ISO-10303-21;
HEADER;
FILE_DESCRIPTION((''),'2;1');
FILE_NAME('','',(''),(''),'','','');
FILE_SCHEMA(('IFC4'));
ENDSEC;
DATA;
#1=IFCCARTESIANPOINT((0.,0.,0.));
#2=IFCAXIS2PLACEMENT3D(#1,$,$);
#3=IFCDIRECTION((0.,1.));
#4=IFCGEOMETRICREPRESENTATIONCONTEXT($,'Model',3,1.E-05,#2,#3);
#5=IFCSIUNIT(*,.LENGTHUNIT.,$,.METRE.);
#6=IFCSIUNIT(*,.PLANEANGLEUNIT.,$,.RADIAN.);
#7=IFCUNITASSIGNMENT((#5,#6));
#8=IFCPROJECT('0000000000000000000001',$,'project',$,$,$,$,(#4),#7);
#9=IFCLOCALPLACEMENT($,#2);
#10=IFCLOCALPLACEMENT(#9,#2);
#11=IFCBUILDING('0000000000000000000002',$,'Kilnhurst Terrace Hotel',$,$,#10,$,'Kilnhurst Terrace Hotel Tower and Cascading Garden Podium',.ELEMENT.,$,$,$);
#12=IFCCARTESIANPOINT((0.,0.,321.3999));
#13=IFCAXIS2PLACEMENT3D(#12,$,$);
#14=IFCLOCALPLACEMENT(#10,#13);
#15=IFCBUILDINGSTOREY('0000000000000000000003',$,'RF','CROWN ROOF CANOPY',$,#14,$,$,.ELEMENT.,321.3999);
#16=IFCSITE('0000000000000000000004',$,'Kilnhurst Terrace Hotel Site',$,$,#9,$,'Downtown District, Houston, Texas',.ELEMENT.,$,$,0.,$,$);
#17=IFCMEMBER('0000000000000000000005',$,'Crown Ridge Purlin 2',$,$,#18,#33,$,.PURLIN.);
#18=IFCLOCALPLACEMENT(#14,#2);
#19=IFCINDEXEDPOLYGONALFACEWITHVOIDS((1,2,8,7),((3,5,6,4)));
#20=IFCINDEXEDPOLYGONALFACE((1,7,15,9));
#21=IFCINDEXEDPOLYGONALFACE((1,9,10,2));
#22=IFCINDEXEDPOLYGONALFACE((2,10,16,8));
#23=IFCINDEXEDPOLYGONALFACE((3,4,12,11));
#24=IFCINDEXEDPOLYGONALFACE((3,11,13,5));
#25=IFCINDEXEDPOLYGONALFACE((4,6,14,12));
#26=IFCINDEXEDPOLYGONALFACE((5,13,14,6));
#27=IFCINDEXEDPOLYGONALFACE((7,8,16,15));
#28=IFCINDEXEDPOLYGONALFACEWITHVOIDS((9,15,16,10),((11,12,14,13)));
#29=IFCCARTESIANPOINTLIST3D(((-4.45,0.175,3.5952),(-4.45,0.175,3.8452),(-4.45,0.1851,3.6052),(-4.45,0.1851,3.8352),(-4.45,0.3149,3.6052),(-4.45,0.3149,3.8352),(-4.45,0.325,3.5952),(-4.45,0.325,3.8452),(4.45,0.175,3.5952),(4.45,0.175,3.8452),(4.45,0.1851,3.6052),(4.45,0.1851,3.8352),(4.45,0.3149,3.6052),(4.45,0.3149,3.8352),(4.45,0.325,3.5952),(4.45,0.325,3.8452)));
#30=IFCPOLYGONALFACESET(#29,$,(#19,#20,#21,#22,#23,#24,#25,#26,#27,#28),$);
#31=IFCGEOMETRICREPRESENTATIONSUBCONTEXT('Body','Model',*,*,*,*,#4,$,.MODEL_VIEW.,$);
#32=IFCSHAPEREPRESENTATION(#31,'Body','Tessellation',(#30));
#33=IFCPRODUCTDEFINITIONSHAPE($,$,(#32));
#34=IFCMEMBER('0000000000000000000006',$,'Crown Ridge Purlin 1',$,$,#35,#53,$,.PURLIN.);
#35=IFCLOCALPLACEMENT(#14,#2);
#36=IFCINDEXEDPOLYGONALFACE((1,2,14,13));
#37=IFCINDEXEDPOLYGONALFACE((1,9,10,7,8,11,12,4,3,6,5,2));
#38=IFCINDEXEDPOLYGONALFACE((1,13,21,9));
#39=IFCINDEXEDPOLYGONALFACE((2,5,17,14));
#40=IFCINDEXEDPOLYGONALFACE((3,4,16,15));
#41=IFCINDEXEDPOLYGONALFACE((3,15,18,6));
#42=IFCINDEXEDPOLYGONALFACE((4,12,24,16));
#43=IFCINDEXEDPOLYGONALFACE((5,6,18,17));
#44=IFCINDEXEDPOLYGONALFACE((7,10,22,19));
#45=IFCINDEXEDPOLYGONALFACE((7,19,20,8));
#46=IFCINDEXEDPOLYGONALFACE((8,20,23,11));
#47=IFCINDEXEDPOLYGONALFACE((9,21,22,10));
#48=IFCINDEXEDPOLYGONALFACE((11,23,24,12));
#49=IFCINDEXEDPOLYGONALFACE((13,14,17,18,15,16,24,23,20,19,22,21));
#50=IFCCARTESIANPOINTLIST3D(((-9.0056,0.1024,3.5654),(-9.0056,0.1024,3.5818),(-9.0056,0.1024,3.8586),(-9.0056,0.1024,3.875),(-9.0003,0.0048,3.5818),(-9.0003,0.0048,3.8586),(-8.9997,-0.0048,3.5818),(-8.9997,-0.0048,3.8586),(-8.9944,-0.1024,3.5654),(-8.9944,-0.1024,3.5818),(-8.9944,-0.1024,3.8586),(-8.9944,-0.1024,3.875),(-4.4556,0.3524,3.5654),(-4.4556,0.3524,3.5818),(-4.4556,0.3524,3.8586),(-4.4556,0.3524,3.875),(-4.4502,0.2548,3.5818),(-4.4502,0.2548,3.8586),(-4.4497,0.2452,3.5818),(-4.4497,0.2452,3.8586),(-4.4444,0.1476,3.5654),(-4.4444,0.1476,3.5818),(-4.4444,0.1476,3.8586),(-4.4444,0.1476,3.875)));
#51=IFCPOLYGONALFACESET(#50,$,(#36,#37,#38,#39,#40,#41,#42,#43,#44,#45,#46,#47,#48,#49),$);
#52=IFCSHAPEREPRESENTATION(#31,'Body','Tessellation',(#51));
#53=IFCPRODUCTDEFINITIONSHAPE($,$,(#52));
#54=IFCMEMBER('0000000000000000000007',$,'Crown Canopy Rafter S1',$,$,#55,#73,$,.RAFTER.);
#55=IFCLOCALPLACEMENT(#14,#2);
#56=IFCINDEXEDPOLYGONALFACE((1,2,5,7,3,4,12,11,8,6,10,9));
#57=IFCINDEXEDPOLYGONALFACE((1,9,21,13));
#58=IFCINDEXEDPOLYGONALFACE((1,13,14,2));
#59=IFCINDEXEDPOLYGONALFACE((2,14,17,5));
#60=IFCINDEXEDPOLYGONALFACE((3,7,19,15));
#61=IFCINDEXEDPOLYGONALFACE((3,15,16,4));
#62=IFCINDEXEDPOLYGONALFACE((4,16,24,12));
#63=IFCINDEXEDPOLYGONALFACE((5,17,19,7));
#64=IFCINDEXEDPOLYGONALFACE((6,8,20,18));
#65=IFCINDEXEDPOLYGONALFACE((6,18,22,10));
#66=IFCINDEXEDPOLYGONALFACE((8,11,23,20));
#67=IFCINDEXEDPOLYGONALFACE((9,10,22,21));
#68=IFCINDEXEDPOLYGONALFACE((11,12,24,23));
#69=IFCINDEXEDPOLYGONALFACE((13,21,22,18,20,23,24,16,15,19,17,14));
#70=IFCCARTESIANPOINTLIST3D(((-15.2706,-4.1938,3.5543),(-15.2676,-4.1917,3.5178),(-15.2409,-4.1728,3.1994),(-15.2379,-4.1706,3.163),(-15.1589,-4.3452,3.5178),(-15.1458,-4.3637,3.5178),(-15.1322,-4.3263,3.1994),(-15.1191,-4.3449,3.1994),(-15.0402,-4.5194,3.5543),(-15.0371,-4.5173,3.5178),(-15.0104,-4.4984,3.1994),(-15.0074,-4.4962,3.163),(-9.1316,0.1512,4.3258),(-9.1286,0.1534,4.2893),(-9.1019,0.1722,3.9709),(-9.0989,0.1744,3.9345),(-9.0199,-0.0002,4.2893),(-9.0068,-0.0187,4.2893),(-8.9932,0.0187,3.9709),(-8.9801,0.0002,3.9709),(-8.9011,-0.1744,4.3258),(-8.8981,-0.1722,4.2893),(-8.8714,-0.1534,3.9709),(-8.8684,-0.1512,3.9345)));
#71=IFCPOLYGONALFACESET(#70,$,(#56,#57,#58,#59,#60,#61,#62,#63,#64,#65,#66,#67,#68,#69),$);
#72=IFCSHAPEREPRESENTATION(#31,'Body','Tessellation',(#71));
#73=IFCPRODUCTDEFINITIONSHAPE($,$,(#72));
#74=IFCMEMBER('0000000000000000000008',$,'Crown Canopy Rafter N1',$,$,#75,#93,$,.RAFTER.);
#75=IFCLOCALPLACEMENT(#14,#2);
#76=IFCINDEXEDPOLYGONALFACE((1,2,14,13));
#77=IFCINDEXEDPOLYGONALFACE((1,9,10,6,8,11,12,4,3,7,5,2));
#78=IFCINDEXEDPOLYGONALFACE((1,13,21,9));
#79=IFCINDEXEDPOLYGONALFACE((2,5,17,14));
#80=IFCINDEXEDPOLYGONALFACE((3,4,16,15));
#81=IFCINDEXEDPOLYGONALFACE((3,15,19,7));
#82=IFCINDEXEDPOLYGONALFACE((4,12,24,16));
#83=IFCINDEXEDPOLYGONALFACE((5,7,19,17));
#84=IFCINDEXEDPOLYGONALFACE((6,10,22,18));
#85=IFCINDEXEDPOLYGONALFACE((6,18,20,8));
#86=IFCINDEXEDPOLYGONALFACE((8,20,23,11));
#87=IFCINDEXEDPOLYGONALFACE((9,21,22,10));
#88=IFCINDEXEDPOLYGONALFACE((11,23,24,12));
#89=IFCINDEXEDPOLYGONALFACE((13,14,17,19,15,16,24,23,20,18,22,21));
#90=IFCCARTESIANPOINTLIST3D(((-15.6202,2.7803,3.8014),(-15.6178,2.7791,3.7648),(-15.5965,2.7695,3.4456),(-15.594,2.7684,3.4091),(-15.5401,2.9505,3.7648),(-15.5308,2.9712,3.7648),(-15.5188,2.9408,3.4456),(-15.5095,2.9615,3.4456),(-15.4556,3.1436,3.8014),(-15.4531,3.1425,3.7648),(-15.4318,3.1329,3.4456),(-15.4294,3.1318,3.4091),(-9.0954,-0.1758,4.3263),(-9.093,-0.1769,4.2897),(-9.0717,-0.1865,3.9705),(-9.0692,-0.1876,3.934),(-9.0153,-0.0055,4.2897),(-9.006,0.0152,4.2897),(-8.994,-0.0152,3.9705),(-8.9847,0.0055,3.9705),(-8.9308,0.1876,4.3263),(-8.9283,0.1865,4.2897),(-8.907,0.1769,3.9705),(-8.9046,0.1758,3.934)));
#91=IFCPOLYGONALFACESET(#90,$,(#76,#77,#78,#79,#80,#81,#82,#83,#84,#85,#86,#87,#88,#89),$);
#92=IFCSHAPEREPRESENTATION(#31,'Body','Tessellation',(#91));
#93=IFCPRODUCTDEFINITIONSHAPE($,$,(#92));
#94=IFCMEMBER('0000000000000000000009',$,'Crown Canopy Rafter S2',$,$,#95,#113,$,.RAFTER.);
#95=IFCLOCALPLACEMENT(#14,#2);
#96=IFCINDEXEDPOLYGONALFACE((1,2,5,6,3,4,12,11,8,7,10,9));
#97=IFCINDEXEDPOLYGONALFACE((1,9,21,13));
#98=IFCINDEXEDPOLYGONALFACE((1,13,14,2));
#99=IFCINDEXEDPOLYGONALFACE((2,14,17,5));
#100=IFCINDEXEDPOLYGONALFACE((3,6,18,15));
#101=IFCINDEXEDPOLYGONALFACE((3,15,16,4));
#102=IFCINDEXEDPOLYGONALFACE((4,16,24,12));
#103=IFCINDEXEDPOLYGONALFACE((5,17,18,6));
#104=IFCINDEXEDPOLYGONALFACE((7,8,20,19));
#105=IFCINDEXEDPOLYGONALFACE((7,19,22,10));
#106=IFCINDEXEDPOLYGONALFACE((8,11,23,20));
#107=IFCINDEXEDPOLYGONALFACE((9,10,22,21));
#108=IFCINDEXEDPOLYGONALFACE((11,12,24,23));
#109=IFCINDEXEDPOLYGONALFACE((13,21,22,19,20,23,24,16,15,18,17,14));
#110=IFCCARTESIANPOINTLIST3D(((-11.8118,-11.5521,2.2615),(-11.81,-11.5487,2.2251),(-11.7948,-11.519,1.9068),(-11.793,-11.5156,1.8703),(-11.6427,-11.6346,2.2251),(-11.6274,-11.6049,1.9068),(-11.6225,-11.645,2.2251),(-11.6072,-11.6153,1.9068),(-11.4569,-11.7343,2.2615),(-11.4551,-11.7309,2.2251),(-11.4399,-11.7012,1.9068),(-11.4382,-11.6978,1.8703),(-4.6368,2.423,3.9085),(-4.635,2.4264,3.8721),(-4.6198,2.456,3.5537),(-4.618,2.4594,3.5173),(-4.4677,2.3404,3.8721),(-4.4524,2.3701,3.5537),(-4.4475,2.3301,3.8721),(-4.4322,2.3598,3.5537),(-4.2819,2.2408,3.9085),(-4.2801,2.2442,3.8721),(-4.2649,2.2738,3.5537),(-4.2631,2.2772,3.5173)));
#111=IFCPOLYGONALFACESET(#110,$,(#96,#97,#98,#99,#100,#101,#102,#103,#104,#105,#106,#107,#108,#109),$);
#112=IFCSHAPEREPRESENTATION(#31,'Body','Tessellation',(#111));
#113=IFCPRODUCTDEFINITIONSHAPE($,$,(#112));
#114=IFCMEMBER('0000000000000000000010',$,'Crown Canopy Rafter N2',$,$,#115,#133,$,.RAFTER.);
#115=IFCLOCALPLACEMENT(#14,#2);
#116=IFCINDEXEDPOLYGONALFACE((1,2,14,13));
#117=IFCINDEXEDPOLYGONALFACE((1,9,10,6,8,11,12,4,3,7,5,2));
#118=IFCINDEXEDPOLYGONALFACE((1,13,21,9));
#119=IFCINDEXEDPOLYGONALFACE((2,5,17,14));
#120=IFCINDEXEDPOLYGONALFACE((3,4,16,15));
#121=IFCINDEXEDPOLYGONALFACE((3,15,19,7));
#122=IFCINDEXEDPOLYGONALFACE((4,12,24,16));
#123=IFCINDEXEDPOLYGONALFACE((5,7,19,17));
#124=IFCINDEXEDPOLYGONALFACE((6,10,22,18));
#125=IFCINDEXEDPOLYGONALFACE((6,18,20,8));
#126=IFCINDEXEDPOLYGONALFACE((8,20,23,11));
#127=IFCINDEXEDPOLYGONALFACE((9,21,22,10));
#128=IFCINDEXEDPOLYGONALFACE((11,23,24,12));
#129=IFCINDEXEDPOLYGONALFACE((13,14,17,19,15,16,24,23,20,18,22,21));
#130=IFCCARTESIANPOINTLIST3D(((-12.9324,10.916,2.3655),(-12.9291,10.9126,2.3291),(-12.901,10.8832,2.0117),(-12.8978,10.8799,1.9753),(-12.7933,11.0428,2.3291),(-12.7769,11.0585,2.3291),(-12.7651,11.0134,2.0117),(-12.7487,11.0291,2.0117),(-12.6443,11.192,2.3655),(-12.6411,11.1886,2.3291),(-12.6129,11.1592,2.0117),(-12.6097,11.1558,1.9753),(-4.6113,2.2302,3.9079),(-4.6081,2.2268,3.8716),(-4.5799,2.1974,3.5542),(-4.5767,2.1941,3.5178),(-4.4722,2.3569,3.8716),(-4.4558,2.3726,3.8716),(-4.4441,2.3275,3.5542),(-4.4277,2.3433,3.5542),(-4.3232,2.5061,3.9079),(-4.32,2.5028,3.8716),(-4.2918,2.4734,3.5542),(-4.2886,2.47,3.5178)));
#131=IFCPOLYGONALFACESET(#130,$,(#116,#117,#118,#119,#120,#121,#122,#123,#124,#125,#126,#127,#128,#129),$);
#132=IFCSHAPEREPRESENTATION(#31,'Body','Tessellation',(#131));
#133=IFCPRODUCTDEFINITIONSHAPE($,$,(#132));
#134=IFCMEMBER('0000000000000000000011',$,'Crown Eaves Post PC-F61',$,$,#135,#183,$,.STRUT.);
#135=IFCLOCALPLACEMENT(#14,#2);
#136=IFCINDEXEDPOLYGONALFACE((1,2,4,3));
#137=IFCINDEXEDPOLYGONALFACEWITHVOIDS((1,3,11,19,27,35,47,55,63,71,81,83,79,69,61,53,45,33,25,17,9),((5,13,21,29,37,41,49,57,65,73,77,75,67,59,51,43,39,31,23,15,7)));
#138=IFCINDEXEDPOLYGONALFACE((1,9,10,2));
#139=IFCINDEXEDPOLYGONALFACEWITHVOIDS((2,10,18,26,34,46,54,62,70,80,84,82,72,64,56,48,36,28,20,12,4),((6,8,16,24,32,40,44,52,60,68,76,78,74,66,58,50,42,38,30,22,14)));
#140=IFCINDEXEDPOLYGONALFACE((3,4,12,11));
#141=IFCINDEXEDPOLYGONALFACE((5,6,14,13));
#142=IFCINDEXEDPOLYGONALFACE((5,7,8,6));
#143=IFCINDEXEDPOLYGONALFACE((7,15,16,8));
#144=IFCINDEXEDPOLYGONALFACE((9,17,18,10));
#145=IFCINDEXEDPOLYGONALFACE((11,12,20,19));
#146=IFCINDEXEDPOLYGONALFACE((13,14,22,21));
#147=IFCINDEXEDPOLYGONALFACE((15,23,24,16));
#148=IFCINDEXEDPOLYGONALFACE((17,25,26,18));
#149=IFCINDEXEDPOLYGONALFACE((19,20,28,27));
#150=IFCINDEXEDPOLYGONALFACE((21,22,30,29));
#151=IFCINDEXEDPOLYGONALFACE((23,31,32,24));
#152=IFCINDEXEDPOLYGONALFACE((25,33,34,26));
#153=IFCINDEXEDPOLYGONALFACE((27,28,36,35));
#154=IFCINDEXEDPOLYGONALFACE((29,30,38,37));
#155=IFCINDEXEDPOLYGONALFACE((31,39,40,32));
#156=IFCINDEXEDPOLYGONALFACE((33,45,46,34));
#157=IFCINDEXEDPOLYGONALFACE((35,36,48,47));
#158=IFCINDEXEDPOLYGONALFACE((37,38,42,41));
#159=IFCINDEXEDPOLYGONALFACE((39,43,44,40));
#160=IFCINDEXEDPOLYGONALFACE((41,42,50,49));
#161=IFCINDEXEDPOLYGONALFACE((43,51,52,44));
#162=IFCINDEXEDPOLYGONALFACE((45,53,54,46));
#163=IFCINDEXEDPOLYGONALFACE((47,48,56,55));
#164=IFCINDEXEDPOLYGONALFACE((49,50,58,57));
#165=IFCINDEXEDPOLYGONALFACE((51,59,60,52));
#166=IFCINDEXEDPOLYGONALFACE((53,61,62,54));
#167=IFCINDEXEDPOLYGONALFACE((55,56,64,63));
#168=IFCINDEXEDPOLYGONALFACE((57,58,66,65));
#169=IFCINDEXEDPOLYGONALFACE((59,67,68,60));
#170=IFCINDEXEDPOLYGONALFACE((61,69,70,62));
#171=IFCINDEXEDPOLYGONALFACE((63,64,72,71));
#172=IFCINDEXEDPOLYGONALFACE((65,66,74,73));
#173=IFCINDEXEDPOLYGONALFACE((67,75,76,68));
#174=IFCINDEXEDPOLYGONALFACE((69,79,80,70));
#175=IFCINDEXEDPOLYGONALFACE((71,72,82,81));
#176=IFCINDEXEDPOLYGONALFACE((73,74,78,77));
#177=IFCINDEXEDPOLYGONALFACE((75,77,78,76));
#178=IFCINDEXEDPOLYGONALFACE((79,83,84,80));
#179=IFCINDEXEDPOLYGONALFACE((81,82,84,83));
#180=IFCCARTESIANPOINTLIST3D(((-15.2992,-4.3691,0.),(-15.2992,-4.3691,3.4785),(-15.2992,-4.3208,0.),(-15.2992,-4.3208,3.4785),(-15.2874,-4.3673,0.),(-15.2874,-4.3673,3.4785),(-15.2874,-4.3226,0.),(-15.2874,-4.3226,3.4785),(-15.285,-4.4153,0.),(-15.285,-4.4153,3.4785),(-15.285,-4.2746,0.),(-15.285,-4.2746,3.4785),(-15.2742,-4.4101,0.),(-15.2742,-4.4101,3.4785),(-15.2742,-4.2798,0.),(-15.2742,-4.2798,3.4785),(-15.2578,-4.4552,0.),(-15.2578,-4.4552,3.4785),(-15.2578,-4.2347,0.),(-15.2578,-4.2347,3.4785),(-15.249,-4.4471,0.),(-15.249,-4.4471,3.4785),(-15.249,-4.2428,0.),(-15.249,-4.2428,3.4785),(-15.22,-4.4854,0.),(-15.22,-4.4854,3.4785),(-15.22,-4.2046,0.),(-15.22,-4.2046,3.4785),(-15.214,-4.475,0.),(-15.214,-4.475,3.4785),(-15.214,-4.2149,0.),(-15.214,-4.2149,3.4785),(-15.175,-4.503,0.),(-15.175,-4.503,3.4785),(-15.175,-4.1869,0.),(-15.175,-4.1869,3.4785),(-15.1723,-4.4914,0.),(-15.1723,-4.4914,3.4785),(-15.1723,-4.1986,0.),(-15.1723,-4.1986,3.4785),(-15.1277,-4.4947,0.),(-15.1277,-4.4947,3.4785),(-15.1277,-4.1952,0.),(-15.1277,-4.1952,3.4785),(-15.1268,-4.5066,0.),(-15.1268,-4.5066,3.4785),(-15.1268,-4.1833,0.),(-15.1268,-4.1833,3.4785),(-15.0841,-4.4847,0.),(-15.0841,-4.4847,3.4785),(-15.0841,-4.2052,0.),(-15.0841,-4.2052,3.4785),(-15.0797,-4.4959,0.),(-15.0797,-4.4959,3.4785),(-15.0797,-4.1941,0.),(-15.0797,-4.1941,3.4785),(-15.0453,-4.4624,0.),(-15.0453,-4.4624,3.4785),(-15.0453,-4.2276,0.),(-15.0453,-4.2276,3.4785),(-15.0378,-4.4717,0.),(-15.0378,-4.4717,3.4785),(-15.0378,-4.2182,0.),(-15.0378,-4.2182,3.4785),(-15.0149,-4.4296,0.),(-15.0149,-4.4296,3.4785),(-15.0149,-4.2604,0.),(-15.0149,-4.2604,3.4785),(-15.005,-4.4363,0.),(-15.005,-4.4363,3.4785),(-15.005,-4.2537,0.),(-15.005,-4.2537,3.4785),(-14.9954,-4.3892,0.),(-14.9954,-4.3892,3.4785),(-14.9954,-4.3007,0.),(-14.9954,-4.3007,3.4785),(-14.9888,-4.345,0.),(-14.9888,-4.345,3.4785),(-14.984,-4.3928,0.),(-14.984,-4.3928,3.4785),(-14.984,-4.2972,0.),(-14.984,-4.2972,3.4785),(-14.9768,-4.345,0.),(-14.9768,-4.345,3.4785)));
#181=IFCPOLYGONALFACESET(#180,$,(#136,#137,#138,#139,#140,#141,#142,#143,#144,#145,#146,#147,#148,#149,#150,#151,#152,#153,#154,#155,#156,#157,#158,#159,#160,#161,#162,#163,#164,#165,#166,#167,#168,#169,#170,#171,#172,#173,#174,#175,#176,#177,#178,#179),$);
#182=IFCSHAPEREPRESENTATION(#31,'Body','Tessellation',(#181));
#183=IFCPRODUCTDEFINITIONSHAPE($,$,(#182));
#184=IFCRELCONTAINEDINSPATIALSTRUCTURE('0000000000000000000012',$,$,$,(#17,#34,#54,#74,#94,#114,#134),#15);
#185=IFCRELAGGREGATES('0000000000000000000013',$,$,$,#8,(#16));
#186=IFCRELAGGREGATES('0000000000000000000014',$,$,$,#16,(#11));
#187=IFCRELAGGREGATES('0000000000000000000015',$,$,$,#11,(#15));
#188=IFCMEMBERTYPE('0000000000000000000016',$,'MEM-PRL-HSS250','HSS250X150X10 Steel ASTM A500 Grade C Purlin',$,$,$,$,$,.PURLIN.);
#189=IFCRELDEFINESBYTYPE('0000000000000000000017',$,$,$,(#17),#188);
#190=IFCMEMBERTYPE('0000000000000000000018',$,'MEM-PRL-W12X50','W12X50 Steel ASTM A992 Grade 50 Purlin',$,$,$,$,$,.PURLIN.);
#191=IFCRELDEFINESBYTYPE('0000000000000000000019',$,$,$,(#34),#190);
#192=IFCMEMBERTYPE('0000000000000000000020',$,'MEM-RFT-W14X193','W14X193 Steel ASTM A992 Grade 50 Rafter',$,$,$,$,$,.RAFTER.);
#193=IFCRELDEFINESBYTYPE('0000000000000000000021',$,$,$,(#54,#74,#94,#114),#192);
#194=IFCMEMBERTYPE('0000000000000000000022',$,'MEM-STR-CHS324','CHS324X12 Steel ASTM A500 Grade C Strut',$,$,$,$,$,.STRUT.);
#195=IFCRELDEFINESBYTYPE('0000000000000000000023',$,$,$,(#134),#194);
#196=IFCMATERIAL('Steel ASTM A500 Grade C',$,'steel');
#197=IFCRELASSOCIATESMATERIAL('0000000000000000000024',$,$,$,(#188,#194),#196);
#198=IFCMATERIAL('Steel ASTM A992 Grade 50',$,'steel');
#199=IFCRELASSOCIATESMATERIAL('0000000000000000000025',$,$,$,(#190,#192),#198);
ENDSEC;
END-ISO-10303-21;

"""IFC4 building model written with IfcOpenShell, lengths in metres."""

from ifc_helpers import new_model, si_unit, direction, frame, origin, origin_2d, place, context, subcontext, project, spatial, hollow_rectangle, hollow_circle, i_section, extrude, material, material_profile, profile_set, type_object, element, save


model = new_model("IFC4")

# Units and contexts
model_context = context("Model", 3, precision=1e-05, world=origin(), true_north=direction((0.0, 1.0)))
body_context = subcontext(model_context, "Body", "Model", "MODEL_VIEW")
ifc_project = project(units=[si_unit("LENGTHUNIT", "METRE"), si_unit("PLANEANGLEUNIT", "RADIAN")], contexts=[model_context])

# Site, building, storey
site_placement = place(None, origin())
site = spatial("IfcSite", under=ifc_project, at=site_placement, Name="Kilnhurst Terrace Hotel Site", LongName="Downtown District, Houston, Texas", CompositionType="ELEMENT", RefElevation=0.0)
building_placement = place(site_placement, origin())
building = spatial("IfcBuilding", under=site, at=building_placement, Name="Kilnhurst Terrace Hotel", LongName="Kilnhurst Terrace Hotel Tower and Cascading Garden Podium", CompositionType="ELEMENT")
storey_placement = place(building_placement, frame((0.0, 0.0, 321.3999)))
storey = spatial("IfcBuildingStorey", under=building, at=storey_placement, Name="RF", Description="CROWN ROOF CANOPY", CompositionType="ELEMENT", Elevation=321.3999)

# Members
ifc_material_1 = material(Name="Steel ASTM A500 Grade C", Category="steel")
ifc_material_profile_1 = material_profile(ifc_material_1, hollow_rectangle(XDim=0.1499, YDim=0.25, WallThickness=0.01, at=origin_2d()), Name="HSS250X150X10")
ifc_profile_set_1 = profile_set([ifc_material_profile_1], Name="Steel ASTM A500 Grade C")
member_type_1 = type_object("IfcMemberType", Name="MEM-PRL-HSS250", Description="HSS250X150X10 Steel ASTM A500 Grade C Purlin", PredefinedType="PURLIN", material=ifc_profile_set_1)
member_1_placement = place(storey_placement, frame((-4.45, 0.25, 3.7202), z_axis=(1.0, 0.0, 0.0), x_axis=(0.0, 1.0, 0.0)))
element("IfcMember", 1, at=member_1_placement, inside=storey, type_object=member_type_1, Name="Crown Ridge Purlin 2", PredefinedType="PURLIN", context=body_context, shape_type="SweptSolid", body=[
    extrude(hollow_rectangle(XDim=0.1499, YDim=0.25, WallThickness=0.01, at=origin_2d()), origin(), (0.0, 0.0, 1.0), 8.8999),
])
ifc_material_2 = material(Name="Steel ASTM A992 Grade 50", Category="steel")
ifc_material_profile_2 = material_profile(ifc_material_2, i_section(OverallWidth=0.2051, OverallDepth=0.3096, WebThickness=0.0095, FlangeThickness=0.0164, at=origin_2d()), Name="W12X50")
ifc_profile_set_2 = profile_set([ifc_material_profile_2], Name="Steel ASTM A992 Grade 50")
member_type_2 = type_object("IfcMemberType", Name="MEM-PRL-W12X50", Description="W12X50 Steel ASTM A992 Grade 50 Purlin", PredefinedType="PURLIN", material=ifc_profile_set_2)
member_2_placement = place(storey_placement, frame((-9.0, 0.0, 3.7202), z_axis=(0.998494, 0.054862, 0.0), x_axis=(-0.054862, 0.998494, 0.0)))
element("IfcMember", 2, at=member_2_placement, inside=storey, type_object=member_type_2, Name="Crown Ridge Purlin 1", PredefinedType="PURLIN", context=body_context, shape_type="SweptSolid", body=[
    extrude(i_section(OverallWidth=0.2051, OverallDepth=0.3096, WebThickness=0.0095, FlangeThickness=0.0164, at=origin_2d()), origin(), (0.0, 0.0, 1.0), 4.5569),
])
ifc_material_profile_3 = material_profile(ifc_material_2, i_section(OverallWidth=0.3989, OverallDepth=0.3933, WebThickness=0.0227, FlangeThickness=0.0366, at=origin_2d()), Name="W14X193")
ifc_profile_set_3 = profile_set([ifc_material_profile_3], Name="Steel ASTM A992 Grade 50")
member_type_3 = type_object("IfcMemberType", Name="MEM-RFT-W14X193", Description="W14X193 Steel ASTM A992 Grade 50 Rafter", PredefinedType="RAFTER", material=ifc_profile_set_3)
member_3_placement = place(storey_placement, frame((-9.0, 0.0, 4.1301), z_axis=(-0.811979, -0.574698, -0.102042), x_axis=(0.577714, -0.816239, 0.0)))
element("IfcMember", 3, at=member_3_placement, inside=storey, type_object=member_type_3, Name="Crown Canopy Rafter S1", PredefinedType="RAFTER", context=body_context, shape_type="SweptSolid", body=[
    extrude(i_section(OverallWidth=0.3989, OverallDepth=0.3933, WebThickness=0.0227, FlangeThickness=0.0366, at=origin_2d()), origin(), (0.0, 0.0, 1.0), 7.5605),
])
member_4_placement = place(storey_placement, frame((-9.0, 0.0, 4.1301), z_axis=(-0.908446, 0.411564, -0.073081), x_axis=(-0.412668, -0.910882, 0.0)))
element("IfcMember", 4, at=member_4_placement, inside=storey, type_object=member_type_3, Name="Crown Canopy Rafter N1", PredefinedType="RAFTER", context=body_context, shape_type="SweptSolid", body=[
    extrude(i_section(OverallWidth=0.3989, OverallDepth=0.3933, WebThickness=0.0227, FlangeThickness=0.0366, at=origin_2d()), origin(), (0.0, 0.0, 1.0), 7.1824),
])
member_5_placement = place(storey_placement, frame((-4.45, 2.3501, 3.7129), z_axis=(-0.454247, -0.884753, -0.104269), x_axis=(0.889602, -0.456737, 0.0)))
element("IfcMember", 5, at=member_5_placement, inside=storey, type_object=member_type_3, Name="Crown Canopy Rafter S2", PredefinedType="RAFTER", context=body_context, shape_type="SweptSolid", body=[
    extrude(i_section(OverallWidth=0.3989, OverallDepth=0.3933, WebThickness=0.0227, FlangeThickness=0.0366, at=origin_2d()), origin(), (0.0, 0.0, 1.0), 15.7954),
])
member_6_placement = place(storey_placement, frame((-4.45, 2.3501, 3.7129), z_axis=(-0.686164, 0.716241, -0.127195), x_axis=(-0.722106, -0.691782, 0.0)))
element("IfcMember", 6, at=member_6_placement, inside=storey, type_object=member_type_3, Name="Crown Canopy Rafter N2", PredefinedType="RAFTER", context=body_context, shape_type="SweptSolid", body=[
    extrude(i_section(OverallWidth=0.3989, OverallDepth=0.3933, WebThickness=0.0227, FlangeThickness=0.0366, at=origin_2d()), origin(), (0.0, 0.0, 1.0), 12.127),
])
ifc_material_profile_4 = material_profile(ifc_material_1, hollow_circle(Radius=0.1621, WallThickness=0.012, at=origin_2d()), Name="CHS324X12")
ifc_profile_set_4 = profile_set([ifc_material_profile_4], Name="Steel ASTM A500 Grade C")
member_type_4 = type_object("IfcMemberType", Name="MEM-STR-CHS324", Description="CHS324X12 Steel ASTM A500 Grade C Strut", PredefinedType="STRUT", material=ifc_profile_set_4)
member_7_placement = place(storey_placement, frame((-15.1389, -4.345, 0.0), z_axis=(0.0, 0.0, 1.0), x_axis=(1.0, 0.0, 0.0)))
element("IfcMember", 7, at=member_7_placement, inside=storey, type_object=member_type_4, Name="Crown Eaves Post PC-F61", PredefinedType="STRUT", context=body_context, shape_type="SweptSolid", body=[
    extrude(hollow_circle(Radius=0.1621, WallThickness=0.012, at=origin_2d()), origin(), (0.0, 0.0, 1.0), 3.4785),
])

save(model, "model.ifc")
